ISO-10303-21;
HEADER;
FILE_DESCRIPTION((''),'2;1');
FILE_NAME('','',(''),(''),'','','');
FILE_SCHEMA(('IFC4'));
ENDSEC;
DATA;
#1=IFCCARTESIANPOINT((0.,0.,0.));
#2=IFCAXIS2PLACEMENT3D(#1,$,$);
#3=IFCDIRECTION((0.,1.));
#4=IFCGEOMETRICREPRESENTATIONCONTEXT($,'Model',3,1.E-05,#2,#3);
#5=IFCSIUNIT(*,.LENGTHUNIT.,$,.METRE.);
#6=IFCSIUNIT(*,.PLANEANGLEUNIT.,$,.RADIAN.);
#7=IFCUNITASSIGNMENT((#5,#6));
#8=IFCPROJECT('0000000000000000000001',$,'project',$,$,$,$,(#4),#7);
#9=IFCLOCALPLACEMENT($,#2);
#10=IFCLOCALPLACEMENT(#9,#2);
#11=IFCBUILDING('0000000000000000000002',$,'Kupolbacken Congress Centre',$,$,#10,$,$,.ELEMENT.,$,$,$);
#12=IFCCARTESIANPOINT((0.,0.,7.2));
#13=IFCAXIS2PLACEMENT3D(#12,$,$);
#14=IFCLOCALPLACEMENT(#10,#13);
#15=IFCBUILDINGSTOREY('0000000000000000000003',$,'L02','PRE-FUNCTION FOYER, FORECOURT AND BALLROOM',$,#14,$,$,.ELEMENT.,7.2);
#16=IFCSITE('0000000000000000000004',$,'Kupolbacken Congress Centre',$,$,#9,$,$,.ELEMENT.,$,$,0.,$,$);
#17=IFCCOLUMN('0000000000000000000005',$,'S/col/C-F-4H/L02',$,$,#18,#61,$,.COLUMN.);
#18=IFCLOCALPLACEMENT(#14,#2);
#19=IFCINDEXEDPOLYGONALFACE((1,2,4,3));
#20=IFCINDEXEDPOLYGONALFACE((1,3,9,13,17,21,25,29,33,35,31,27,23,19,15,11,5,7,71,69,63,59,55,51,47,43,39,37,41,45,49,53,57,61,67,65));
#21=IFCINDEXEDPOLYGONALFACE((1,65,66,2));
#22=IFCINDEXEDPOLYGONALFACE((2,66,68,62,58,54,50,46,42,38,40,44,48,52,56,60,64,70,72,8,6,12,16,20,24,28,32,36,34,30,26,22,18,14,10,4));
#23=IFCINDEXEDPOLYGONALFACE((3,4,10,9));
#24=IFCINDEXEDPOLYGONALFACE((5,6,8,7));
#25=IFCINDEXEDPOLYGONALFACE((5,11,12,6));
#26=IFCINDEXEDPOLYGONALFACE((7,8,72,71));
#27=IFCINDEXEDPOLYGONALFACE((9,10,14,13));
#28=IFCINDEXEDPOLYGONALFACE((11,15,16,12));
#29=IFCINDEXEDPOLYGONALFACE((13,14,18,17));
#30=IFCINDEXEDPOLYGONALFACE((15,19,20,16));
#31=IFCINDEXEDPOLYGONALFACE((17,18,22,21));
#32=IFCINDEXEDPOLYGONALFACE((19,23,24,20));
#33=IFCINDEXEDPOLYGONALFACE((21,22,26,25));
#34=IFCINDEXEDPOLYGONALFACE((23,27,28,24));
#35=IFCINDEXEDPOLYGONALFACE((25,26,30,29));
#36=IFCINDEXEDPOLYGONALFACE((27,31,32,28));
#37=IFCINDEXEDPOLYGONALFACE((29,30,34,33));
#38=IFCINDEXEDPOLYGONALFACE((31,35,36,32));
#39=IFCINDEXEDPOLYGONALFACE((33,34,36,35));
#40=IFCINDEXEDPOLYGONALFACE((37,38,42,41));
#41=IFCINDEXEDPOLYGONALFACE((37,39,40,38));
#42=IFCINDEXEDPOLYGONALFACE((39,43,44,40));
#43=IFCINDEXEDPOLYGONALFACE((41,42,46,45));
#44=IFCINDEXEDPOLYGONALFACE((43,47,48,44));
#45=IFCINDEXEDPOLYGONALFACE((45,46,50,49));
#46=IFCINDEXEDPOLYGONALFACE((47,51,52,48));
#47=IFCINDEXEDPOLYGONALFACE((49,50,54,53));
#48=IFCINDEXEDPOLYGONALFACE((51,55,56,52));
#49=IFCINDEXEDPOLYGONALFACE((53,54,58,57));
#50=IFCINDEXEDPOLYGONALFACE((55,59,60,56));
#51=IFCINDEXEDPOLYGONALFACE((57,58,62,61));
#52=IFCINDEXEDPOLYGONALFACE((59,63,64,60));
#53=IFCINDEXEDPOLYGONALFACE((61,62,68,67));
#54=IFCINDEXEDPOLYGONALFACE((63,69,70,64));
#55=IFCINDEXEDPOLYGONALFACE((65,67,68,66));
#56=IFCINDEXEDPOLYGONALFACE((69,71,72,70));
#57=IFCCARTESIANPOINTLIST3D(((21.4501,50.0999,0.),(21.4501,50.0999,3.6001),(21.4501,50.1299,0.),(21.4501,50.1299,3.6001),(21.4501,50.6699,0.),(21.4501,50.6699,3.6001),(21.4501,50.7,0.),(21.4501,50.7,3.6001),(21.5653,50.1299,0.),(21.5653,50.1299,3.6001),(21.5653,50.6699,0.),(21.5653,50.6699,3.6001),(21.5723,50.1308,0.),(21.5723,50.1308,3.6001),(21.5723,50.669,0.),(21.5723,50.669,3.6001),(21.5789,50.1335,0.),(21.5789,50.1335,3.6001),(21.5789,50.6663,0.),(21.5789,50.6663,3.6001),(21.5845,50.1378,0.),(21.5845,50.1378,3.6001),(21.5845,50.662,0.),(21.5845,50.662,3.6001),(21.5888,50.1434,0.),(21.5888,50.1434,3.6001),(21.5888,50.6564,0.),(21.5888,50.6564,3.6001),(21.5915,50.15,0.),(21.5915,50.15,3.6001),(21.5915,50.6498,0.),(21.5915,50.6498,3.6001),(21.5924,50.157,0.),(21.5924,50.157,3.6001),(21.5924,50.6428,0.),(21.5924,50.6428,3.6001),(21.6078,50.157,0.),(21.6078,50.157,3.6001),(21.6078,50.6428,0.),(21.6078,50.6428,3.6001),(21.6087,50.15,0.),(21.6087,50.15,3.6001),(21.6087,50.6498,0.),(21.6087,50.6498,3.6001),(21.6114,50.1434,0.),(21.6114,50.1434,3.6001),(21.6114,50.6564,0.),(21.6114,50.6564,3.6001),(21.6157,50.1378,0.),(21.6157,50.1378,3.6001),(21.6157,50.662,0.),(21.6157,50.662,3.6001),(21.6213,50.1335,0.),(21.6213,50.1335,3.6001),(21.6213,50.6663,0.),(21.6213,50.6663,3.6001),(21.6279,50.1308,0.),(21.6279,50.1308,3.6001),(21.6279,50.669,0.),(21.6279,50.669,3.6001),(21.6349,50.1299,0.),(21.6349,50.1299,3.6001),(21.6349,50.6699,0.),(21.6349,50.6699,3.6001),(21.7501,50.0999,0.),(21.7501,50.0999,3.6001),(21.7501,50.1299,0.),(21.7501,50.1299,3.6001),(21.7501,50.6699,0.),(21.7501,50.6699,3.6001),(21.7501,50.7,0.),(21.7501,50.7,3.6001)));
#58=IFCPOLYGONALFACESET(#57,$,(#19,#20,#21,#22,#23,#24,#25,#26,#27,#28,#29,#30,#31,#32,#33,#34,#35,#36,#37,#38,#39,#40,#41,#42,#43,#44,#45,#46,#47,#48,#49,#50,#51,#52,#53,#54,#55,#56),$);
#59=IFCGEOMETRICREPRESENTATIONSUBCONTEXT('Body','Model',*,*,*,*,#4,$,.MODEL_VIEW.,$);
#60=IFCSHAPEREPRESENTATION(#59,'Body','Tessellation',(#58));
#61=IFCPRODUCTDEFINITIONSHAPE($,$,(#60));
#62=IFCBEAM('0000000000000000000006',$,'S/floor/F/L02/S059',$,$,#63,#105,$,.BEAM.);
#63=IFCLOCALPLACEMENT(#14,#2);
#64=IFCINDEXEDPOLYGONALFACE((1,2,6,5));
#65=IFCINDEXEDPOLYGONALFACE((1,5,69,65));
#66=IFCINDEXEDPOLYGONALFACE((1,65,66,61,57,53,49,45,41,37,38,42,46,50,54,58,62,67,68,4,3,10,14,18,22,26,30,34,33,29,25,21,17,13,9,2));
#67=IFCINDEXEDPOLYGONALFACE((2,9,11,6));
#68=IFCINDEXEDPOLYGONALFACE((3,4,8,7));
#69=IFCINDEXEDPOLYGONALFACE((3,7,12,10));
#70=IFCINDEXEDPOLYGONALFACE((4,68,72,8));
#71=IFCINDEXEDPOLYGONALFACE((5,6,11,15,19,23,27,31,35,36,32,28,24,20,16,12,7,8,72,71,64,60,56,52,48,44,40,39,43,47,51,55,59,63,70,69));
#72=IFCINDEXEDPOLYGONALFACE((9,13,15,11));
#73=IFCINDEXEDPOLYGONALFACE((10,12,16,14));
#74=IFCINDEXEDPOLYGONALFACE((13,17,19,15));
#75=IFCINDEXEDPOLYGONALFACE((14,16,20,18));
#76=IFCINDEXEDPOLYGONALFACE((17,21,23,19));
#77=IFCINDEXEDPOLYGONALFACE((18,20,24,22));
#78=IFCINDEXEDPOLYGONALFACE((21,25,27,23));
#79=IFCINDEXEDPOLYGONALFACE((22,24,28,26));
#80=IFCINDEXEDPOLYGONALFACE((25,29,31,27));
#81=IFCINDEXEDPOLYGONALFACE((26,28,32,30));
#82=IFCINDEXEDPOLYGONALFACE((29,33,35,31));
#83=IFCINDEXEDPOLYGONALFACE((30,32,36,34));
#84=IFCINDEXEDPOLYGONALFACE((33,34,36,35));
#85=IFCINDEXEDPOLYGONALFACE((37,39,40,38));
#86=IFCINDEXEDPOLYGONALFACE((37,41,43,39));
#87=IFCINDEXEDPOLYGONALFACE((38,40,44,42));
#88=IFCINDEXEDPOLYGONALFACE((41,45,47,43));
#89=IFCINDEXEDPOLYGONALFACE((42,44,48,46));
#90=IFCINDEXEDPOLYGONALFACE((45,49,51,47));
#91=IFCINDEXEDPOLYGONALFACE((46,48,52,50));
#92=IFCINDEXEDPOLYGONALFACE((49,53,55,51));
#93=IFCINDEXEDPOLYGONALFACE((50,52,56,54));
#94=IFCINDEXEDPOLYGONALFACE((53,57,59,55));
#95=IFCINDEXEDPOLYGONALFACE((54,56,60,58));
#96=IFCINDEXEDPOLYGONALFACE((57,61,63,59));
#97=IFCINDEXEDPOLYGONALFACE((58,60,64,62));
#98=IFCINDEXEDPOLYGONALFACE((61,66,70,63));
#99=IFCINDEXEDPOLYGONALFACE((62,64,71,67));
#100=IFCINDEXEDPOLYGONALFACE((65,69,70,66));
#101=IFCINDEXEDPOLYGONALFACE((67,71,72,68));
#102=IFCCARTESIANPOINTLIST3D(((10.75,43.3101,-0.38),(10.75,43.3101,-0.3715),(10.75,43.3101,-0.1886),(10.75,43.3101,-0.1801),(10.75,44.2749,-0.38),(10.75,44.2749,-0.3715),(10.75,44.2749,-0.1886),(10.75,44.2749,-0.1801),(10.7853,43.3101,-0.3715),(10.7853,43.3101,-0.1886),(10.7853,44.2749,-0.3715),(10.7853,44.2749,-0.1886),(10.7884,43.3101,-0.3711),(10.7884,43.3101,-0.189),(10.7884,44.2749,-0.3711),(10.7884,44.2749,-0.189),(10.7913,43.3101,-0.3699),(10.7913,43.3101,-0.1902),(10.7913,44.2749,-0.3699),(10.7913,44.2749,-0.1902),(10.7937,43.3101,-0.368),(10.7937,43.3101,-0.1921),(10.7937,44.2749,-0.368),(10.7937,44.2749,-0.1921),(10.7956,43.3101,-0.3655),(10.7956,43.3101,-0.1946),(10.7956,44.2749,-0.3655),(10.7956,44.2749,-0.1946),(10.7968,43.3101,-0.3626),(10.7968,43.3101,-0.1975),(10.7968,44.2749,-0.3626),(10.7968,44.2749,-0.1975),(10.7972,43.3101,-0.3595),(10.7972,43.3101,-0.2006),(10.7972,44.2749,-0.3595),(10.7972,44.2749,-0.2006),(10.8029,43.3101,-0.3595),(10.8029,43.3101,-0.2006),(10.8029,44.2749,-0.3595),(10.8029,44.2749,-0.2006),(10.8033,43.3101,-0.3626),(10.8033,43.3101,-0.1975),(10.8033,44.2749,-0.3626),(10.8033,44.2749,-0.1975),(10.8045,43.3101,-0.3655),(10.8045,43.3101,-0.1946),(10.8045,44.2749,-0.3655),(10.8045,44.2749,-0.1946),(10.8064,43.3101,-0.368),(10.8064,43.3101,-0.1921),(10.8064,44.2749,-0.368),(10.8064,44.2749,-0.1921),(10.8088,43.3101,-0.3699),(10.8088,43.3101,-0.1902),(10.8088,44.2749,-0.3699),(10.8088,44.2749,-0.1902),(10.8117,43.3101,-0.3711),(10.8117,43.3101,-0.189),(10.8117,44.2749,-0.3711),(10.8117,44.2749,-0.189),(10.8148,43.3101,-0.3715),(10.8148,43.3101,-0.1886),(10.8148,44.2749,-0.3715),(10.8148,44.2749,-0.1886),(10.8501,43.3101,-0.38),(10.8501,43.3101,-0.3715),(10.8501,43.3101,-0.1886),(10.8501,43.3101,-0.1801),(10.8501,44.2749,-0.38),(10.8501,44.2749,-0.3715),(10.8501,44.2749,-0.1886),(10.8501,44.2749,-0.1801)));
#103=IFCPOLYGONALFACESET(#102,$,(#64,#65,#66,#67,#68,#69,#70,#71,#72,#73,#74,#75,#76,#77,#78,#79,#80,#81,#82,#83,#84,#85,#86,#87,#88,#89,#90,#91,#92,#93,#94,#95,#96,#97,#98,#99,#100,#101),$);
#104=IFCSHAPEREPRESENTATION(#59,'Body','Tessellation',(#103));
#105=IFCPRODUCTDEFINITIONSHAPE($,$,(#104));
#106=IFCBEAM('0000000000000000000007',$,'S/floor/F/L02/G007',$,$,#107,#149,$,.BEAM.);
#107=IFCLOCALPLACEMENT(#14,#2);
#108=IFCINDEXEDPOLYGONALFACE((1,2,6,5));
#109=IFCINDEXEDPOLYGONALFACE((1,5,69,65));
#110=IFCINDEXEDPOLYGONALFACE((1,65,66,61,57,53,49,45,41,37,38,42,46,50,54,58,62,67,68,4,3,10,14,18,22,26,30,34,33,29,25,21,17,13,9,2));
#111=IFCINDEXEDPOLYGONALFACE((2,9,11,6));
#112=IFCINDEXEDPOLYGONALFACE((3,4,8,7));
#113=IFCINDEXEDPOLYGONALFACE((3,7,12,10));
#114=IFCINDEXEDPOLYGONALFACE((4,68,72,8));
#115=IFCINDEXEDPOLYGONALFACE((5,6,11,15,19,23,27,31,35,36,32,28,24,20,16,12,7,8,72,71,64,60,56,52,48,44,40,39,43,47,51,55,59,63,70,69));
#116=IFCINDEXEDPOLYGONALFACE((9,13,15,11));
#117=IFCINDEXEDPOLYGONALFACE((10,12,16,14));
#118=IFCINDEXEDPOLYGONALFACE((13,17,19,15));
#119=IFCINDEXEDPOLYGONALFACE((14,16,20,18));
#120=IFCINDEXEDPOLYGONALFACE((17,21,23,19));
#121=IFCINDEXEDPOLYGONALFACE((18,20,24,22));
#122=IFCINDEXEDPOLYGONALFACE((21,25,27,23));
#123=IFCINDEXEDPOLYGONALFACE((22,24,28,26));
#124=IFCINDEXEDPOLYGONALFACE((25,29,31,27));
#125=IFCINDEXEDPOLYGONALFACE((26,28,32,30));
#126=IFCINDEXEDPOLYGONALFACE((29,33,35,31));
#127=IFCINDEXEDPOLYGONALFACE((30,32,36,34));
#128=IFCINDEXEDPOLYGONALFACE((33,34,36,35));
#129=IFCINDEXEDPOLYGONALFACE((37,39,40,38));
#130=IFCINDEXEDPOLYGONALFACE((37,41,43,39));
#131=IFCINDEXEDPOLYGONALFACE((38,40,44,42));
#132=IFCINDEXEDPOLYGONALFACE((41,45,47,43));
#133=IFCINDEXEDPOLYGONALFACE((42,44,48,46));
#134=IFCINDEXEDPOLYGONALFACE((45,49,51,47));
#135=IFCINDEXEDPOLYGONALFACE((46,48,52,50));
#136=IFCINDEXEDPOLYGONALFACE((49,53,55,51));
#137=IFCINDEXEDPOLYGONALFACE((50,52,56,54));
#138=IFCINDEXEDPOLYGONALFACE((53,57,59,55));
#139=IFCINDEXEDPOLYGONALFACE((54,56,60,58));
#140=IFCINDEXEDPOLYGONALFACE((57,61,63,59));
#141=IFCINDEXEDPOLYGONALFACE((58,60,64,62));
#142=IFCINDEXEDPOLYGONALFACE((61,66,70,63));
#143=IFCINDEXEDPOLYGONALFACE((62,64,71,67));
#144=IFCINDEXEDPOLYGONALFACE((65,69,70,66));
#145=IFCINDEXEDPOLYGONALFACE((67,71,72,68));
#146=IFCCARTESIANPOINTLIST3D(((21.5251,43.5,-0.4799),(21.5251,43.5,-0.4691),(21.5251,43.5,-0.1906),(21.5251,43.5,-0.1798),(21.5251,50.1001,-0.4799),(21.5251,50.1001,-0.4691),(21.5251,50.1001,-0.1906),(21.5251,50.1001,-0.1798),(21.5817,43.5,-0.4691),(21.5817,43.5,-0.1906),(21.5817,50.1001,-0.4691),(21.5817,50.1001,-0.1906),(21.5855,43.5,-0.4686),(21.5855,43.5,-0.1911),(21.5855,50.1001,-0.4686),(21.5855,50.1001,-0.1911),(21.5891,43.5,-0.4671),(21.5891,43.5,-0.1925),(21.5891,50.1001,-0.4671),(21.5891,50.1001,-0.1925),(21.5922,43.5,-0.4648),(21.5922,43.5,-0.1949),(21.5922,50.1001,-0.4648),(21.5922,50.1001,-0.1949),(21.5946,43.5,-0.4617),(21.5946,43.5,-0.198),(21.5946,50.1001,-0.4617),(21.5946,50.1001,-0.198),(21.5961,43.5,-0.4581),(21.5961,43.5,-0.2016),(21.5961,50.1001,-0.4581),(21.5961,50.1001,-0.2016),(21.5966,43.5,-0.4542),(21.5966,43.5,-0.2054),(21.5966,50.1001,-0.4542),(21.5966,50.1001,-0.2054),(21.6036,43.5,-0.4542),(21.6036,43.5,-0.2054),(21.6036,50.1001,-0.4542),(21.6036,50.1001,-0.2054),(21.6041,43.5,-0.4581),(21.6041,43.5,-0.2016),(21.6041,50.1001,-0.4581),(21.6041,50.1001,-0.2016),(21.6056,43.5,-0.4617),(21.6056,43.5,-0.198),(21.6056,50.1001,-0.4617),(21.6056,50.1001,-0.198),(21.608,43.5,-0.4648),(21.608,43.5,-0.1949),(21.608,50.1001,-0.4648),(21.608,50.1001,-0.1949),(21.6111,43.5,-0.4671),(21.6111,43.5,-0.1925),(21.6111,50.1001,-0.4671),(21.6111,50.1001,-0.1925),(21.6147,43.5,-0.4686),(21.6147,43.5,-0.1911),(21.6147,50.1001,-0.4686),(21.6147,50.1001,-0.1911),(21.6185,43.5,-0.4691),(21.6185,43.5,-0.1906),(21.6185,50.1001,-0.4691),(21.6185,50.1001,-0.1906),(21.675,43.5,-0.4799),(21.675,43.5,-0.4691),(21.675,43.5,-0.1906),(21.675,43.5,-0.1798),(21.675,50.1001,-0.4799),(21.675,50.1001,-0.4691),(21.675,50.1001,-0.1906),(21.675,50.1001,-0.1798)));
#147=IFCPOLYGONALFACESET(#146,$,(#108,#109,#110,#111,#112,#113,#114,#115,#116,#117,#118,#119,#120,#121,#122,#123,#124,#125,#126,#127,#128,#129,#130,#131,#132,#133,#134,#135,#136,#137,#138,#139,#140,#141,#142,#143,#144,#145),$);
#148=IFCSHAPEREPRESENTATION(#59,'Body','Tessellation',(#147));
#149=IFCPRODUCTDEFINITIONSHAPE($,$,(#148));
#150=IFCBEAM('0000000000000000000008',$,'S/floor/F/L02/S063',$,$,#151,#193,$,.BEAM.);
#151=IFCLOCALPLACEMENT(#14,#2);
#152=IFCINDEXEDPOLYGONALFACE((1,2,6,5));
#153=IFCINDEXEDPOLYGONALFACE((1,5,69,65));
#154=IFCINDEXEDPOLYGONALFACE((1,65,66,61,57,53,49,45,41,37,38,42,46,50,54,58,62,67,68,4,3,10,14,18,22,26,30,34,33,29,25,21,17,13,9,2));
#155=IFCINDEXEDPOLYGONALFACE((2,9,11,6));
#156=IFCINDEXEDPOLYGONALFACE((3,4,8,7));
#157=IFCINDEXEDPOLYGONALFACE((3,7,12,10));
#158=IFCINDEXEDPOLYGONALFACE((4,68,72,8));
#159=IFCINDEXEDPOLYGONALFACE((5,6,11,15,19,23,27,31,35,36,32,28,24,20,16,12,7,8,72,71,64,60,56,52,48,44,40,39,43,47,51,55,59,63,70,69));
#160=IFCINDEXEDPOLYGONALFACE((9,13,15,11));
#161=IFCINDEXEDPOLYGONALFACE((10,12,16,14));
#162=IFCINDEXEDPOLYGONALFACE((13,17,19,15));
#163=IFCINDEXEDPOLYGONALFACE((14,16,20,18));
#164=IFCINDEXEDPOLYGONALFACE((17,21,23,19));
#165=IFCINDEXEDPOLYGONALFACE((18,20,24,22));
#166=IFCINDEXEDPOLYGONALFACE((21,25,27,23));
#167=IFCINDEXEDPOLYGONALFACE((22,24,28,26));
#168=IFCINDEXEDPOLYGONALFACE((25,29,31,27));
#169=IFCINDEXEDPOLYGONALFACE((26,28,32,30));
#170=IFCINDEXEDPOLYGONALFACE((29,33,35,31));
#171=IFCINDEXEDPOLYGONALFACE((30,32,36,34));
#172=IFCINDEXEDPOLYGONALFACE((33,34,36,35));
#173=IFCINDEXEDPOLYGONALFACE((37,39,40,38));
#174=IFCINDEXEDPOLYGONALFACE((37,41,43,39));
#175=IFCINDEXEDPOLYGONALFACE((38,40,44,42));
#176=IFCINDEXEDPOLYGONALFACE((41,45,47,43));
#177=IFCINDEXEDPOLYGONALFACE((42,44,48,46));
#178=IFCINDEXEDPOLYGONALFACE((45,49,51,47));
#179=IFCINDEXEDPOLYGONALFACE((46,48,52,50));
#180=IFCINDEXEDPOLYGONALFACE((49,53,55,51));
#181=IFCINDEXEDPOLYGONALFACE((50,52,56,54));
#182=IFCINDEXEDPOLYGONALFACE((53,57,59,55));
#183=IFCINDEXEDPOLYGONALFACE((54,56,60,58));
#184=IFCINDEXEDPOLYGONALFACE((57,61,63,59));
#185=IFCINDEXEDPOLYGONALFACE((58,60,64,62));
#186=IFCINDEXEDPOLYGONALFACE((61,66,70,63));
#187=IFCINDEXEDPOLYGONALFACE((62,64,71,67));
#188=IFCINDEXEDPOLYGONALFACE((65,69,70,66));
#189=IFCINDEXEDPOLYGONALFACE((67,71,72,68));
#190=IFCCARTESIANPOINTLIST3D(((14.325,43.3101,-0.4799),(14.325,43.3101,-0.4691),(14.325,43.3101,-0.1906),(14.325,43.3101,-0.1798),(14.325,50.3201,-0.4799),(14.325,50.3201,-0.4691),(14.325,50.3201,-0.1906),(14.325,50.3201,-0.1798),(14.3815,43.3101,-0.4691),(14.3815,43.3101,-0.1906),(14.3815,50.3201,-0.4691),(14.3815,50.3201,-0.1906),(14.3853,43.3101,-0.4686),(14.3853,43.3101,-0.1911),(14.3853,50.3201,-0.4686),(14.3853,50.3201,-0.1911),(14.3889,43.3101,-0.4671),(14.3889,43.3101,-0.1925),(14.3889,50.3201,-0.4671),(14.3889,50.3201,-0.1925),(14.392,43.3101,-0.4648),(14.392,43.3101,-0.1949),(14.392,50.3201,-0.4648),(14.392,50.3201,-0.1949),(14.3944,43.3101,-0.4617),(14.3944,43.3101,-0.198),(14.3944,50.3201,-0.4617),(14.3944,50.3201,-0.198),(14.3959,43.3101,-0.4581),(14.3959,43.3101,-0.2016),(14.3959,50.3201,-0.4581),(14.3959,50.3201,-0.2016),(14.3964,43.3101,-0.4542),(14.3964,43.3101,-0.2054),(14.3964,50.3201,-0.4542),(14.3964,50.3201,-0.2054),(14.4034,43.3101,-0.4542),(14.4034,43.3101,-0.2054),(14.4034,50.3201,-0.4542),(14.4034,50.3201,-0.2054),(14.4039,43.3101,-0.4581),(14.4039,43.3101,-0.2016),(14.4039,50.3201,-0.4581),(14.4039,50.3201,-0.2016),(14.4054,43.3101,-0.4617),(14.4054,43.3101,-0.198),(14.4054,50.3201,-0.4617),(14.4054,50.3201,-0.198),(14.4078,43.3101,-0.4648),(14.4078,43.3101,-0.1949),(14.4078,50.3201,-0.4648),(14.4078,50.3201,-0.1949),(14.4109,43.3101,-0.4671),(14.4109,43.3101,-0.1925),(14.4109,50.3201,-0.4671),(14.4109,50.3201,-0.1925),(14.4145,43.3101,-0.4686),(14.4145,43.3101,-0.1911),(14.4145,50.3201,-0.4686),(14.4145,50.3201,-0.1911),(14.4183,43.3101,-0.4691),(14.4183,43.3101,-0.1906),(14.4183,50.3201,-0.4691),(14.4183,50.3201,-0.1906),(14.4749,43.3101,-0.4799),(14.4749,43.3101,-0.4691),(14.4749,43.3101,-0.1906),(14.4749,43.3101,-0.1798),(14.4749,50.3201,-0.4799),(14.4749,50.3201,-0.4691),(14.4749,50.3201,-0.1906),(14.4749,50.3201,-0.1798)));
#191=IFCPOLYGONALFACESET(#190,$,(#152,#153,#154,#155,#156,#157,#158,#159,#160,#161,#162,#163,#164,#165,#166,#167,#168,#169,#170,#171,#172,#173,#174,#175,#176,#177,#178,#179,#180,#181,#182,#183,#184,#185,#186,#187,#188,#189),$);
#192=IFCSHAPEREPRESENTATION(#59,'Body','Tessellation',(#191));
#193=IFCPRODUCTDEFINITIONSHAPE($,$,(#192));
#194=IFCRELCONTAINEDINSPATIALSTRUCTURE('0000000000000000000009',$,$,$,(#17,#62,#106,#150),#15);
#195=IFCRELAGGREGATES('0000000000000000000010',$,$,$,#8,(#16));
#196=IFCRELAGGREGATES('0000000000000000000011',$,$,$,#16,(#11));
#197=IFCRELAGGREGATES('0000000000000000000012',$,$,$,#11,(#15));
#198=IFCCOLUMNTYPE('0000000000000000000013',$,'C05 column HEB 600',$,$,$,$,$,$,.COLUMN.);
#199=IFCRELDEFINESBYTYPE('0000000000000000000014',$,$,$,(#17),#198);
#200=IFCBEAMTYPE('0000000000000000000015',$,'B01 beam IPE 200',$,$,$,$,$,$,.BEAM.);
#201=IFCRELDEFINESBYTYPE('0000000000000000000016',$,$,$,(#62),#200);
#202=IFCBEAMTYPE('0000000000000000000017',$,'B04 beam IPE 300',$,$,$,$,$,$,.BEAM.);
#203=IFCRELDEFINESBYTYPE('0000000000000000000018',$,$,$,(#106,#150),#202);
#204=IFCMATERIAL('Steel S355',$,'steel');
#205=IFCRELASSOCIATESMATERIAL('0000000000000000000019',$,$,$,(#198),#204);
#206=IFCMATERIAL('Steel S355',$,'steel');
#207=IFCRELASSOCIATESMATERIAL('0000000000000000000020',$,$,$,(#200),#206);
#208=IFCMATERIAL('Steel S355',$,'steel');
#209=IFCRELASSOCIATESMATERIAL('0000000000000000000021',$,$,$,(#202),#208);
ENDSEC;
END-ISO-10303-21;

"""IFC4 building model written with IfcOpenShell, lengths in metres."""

from ifc_helpers import new_model, si_unit, direction, frame, origin, origin_2d, place, context, subcontext, project, spatial, i_section, extrude, material, material_profile, profile_set, type_object, element, save


model = new_model("IFC4")

# Units and contexts
model_context = context("Model", 3, precision=1e-05, world=origin(), true_north=direction((0.0, 1.0)))
body_context = subcontext(model_context, "Body", "Model", "MODEL_VIEW")
ifc_project = project(units=[si_unit("LENGTHUNIT", "METRE"), si_unit("PLANEANGLEUNIT", "RADIAN")], contexts=[model_context])

# Site, building, storey
site_placement = place(None, origin())
site = spatial("IfcSite", under=ifc_project, at=site_placement, Name="Kupolbacken Congress Centre", CompositionType="ELEMENT", RefElevation=0.0)
building_placement = place(site_placement, origin())
building = spatial("IfcBuilding", under=site, at=building_placement, Name="Kupolbacken Congress Centre", CompositionType="ELEMENT")
storey_placement = place(building_placement, frame((0.0, 0.0, 7.2)))
storey = spatial("IfcBuildingStorey", under=building, at=storey_placement, Name="L02", Description="PRE-FUNCTION FOYER, FORECOURT AND BALLROOM", CompositionType="ELEMENT", Elevation=7.2)

# Column
ifc_material_1 = material(Name="Steel S355", Category="steel")
ifc_material_profile_1 = material_profile(ifc_material_1, i_section(OverallWidth=0.3, OverallDepth=0.6001, WebThickness=0.0154, FlangeThickness=0.03, FilletRadius=0.0271, at=origin_2d()), Name="HEB 600")
ifc_profile_set_1 = profile_set([ifc_material_profile_1], Name="Steel S355")
column_type = type_object("IfcColumnType", Name="C05 column HEB 600", PredefinedType="COLUMN", material=ifc_profile_set_1)
column_placement = place(storey_placement, frame((21.6001, 50.3999, 0.0), z_axis=(0.0, 0.0, 1.0), x_axis=(1.0, 0.0, 0.0)))
element("IfcColumn", 1, at=column_placement, inside=storey, type_object=column_type, Name="S/col/C-F-4H/L02", PredefinedType="COLUMN", context=body_context, shape_type="SweptSolid", body=[
    extrude(i_section(OverallWidth=0.3, OverallDepth=0.6001, WebThickness=0.0154, FlangeThickness=0.03, FilletRadius=0.0271, at=origin_2d()), origin(), (0.0, 0.0, 1.0), 3.6001),
])

# Beams
ifc_material_2 = material(Name="Steel S355", Category="steel")
ifc_material_profile_2 = material_profile(ifc_material_2, i_section(OverallWidth=0.1001, OverallDepth=0.2, WebThickness=0.0056, FlangeThickness=0.0085, FilletRadius=0.012, at=origin_2d()), Name="IPE 200")
ifc_profile_set_2 = profile_set([ifc_material_profile_2], Name="Steel S355")
beam_type_1 = type_object("IfcBeamType", Name="B01 beam IPE 200", PredefinedType="BEAM", material=ifc_profile_set_2)
beam_1_placement = place(storey_placement, frame((10.8, 43.3101, -0.28), z_axis=(0.0, 1.0, 0.0), x_axis=(-1.0, 0.0, 0.0)))
element("IfcBeam", 2, at=beam_1_placement, inside=storey, type_object=beam_type_1, Name="S/floor/F/L02/S059", PredefinedType="BEAM", context=body_context, shape_type="SweptSolid", body=[
    extrude(i_section(OverallWidth=0.1001, OverallDepth=0.2, WebThickness=0.0056, FlangeThickness=0.0085, FilletRadius=0.012, at=origin_2d()), origin(), (0.0, 0.0, 1.0), 0.9648),
])
ifc_material_3 = material(Name="Steel S355", Category="steel")
ifc_material_profile_3 = material_profile(ifc_material_3, i_section(OverallWidth=0.1499, OverallDepth=0.3, WebThickness=0.0071, FlangeThickness=0.0107, FilletRadius=0.0149, at=origin_2d()), Name="IPE 300")
ifc_profile_set_3 = profile_set([ifc_material_profile_3], Name="Steel S355")
beam_type_2 = type_object("IfcBeamType", Name="B04 beam IPE 300", PredefinedType="BEAM", material=ifc_profile_set_3)
beam_2_placement = place(storey_placement, frame((21.6001, 43.5, -0.3298), z_axis=(0.0, 1.0, 0.0), x_axis=(-1.0, 0.0, 0.0)))
element("IfcBeam", 3, at=beam_2_placement, inside=storey, type_object=beam_type_2, Name="S/floor/F/L02/G007", PredefinedType="BEAM", context=body_context, shape_type="SweptSolid", body=[
    extrude(i_section(OverallWidth=0.1499, OverallDepth=0.3, WebThickness=0.0071, FlangeThickness=0.0107, FilletRadius=0.0149, at=origin_2d()), origin(), (0.0, 0.0, 1.0), 6.6001),
])
for number, where, z_axis, x_axis, name in (
    (4, (14.3999, 43.3101, -0.3298), (0.0, 1.0, 0.0), (-1.0, 0.0, 0.0), "S/floor/F/L02/S063"),
):
    element("IfcBeam", number, at=place(storey_placement, frame(where, z_axis=z_axis, x_axis=x_axis)), inside=storey, type_object=beam_type_2, Name=name, PredefinedType="BEAM", context=body_context, shape_type="SweptSolid", body=[
        extrude(i_section(OverallWidth=0.1499, OverallDepth=0.3, WebThickness=0.0071, FlangeThickness=0.0107, FilletRadius=0.0149, at=origin_2d()), origin(), (0.0, 0.0, 1.0), 7.01),
    ])

save(model, "model.ifc")
